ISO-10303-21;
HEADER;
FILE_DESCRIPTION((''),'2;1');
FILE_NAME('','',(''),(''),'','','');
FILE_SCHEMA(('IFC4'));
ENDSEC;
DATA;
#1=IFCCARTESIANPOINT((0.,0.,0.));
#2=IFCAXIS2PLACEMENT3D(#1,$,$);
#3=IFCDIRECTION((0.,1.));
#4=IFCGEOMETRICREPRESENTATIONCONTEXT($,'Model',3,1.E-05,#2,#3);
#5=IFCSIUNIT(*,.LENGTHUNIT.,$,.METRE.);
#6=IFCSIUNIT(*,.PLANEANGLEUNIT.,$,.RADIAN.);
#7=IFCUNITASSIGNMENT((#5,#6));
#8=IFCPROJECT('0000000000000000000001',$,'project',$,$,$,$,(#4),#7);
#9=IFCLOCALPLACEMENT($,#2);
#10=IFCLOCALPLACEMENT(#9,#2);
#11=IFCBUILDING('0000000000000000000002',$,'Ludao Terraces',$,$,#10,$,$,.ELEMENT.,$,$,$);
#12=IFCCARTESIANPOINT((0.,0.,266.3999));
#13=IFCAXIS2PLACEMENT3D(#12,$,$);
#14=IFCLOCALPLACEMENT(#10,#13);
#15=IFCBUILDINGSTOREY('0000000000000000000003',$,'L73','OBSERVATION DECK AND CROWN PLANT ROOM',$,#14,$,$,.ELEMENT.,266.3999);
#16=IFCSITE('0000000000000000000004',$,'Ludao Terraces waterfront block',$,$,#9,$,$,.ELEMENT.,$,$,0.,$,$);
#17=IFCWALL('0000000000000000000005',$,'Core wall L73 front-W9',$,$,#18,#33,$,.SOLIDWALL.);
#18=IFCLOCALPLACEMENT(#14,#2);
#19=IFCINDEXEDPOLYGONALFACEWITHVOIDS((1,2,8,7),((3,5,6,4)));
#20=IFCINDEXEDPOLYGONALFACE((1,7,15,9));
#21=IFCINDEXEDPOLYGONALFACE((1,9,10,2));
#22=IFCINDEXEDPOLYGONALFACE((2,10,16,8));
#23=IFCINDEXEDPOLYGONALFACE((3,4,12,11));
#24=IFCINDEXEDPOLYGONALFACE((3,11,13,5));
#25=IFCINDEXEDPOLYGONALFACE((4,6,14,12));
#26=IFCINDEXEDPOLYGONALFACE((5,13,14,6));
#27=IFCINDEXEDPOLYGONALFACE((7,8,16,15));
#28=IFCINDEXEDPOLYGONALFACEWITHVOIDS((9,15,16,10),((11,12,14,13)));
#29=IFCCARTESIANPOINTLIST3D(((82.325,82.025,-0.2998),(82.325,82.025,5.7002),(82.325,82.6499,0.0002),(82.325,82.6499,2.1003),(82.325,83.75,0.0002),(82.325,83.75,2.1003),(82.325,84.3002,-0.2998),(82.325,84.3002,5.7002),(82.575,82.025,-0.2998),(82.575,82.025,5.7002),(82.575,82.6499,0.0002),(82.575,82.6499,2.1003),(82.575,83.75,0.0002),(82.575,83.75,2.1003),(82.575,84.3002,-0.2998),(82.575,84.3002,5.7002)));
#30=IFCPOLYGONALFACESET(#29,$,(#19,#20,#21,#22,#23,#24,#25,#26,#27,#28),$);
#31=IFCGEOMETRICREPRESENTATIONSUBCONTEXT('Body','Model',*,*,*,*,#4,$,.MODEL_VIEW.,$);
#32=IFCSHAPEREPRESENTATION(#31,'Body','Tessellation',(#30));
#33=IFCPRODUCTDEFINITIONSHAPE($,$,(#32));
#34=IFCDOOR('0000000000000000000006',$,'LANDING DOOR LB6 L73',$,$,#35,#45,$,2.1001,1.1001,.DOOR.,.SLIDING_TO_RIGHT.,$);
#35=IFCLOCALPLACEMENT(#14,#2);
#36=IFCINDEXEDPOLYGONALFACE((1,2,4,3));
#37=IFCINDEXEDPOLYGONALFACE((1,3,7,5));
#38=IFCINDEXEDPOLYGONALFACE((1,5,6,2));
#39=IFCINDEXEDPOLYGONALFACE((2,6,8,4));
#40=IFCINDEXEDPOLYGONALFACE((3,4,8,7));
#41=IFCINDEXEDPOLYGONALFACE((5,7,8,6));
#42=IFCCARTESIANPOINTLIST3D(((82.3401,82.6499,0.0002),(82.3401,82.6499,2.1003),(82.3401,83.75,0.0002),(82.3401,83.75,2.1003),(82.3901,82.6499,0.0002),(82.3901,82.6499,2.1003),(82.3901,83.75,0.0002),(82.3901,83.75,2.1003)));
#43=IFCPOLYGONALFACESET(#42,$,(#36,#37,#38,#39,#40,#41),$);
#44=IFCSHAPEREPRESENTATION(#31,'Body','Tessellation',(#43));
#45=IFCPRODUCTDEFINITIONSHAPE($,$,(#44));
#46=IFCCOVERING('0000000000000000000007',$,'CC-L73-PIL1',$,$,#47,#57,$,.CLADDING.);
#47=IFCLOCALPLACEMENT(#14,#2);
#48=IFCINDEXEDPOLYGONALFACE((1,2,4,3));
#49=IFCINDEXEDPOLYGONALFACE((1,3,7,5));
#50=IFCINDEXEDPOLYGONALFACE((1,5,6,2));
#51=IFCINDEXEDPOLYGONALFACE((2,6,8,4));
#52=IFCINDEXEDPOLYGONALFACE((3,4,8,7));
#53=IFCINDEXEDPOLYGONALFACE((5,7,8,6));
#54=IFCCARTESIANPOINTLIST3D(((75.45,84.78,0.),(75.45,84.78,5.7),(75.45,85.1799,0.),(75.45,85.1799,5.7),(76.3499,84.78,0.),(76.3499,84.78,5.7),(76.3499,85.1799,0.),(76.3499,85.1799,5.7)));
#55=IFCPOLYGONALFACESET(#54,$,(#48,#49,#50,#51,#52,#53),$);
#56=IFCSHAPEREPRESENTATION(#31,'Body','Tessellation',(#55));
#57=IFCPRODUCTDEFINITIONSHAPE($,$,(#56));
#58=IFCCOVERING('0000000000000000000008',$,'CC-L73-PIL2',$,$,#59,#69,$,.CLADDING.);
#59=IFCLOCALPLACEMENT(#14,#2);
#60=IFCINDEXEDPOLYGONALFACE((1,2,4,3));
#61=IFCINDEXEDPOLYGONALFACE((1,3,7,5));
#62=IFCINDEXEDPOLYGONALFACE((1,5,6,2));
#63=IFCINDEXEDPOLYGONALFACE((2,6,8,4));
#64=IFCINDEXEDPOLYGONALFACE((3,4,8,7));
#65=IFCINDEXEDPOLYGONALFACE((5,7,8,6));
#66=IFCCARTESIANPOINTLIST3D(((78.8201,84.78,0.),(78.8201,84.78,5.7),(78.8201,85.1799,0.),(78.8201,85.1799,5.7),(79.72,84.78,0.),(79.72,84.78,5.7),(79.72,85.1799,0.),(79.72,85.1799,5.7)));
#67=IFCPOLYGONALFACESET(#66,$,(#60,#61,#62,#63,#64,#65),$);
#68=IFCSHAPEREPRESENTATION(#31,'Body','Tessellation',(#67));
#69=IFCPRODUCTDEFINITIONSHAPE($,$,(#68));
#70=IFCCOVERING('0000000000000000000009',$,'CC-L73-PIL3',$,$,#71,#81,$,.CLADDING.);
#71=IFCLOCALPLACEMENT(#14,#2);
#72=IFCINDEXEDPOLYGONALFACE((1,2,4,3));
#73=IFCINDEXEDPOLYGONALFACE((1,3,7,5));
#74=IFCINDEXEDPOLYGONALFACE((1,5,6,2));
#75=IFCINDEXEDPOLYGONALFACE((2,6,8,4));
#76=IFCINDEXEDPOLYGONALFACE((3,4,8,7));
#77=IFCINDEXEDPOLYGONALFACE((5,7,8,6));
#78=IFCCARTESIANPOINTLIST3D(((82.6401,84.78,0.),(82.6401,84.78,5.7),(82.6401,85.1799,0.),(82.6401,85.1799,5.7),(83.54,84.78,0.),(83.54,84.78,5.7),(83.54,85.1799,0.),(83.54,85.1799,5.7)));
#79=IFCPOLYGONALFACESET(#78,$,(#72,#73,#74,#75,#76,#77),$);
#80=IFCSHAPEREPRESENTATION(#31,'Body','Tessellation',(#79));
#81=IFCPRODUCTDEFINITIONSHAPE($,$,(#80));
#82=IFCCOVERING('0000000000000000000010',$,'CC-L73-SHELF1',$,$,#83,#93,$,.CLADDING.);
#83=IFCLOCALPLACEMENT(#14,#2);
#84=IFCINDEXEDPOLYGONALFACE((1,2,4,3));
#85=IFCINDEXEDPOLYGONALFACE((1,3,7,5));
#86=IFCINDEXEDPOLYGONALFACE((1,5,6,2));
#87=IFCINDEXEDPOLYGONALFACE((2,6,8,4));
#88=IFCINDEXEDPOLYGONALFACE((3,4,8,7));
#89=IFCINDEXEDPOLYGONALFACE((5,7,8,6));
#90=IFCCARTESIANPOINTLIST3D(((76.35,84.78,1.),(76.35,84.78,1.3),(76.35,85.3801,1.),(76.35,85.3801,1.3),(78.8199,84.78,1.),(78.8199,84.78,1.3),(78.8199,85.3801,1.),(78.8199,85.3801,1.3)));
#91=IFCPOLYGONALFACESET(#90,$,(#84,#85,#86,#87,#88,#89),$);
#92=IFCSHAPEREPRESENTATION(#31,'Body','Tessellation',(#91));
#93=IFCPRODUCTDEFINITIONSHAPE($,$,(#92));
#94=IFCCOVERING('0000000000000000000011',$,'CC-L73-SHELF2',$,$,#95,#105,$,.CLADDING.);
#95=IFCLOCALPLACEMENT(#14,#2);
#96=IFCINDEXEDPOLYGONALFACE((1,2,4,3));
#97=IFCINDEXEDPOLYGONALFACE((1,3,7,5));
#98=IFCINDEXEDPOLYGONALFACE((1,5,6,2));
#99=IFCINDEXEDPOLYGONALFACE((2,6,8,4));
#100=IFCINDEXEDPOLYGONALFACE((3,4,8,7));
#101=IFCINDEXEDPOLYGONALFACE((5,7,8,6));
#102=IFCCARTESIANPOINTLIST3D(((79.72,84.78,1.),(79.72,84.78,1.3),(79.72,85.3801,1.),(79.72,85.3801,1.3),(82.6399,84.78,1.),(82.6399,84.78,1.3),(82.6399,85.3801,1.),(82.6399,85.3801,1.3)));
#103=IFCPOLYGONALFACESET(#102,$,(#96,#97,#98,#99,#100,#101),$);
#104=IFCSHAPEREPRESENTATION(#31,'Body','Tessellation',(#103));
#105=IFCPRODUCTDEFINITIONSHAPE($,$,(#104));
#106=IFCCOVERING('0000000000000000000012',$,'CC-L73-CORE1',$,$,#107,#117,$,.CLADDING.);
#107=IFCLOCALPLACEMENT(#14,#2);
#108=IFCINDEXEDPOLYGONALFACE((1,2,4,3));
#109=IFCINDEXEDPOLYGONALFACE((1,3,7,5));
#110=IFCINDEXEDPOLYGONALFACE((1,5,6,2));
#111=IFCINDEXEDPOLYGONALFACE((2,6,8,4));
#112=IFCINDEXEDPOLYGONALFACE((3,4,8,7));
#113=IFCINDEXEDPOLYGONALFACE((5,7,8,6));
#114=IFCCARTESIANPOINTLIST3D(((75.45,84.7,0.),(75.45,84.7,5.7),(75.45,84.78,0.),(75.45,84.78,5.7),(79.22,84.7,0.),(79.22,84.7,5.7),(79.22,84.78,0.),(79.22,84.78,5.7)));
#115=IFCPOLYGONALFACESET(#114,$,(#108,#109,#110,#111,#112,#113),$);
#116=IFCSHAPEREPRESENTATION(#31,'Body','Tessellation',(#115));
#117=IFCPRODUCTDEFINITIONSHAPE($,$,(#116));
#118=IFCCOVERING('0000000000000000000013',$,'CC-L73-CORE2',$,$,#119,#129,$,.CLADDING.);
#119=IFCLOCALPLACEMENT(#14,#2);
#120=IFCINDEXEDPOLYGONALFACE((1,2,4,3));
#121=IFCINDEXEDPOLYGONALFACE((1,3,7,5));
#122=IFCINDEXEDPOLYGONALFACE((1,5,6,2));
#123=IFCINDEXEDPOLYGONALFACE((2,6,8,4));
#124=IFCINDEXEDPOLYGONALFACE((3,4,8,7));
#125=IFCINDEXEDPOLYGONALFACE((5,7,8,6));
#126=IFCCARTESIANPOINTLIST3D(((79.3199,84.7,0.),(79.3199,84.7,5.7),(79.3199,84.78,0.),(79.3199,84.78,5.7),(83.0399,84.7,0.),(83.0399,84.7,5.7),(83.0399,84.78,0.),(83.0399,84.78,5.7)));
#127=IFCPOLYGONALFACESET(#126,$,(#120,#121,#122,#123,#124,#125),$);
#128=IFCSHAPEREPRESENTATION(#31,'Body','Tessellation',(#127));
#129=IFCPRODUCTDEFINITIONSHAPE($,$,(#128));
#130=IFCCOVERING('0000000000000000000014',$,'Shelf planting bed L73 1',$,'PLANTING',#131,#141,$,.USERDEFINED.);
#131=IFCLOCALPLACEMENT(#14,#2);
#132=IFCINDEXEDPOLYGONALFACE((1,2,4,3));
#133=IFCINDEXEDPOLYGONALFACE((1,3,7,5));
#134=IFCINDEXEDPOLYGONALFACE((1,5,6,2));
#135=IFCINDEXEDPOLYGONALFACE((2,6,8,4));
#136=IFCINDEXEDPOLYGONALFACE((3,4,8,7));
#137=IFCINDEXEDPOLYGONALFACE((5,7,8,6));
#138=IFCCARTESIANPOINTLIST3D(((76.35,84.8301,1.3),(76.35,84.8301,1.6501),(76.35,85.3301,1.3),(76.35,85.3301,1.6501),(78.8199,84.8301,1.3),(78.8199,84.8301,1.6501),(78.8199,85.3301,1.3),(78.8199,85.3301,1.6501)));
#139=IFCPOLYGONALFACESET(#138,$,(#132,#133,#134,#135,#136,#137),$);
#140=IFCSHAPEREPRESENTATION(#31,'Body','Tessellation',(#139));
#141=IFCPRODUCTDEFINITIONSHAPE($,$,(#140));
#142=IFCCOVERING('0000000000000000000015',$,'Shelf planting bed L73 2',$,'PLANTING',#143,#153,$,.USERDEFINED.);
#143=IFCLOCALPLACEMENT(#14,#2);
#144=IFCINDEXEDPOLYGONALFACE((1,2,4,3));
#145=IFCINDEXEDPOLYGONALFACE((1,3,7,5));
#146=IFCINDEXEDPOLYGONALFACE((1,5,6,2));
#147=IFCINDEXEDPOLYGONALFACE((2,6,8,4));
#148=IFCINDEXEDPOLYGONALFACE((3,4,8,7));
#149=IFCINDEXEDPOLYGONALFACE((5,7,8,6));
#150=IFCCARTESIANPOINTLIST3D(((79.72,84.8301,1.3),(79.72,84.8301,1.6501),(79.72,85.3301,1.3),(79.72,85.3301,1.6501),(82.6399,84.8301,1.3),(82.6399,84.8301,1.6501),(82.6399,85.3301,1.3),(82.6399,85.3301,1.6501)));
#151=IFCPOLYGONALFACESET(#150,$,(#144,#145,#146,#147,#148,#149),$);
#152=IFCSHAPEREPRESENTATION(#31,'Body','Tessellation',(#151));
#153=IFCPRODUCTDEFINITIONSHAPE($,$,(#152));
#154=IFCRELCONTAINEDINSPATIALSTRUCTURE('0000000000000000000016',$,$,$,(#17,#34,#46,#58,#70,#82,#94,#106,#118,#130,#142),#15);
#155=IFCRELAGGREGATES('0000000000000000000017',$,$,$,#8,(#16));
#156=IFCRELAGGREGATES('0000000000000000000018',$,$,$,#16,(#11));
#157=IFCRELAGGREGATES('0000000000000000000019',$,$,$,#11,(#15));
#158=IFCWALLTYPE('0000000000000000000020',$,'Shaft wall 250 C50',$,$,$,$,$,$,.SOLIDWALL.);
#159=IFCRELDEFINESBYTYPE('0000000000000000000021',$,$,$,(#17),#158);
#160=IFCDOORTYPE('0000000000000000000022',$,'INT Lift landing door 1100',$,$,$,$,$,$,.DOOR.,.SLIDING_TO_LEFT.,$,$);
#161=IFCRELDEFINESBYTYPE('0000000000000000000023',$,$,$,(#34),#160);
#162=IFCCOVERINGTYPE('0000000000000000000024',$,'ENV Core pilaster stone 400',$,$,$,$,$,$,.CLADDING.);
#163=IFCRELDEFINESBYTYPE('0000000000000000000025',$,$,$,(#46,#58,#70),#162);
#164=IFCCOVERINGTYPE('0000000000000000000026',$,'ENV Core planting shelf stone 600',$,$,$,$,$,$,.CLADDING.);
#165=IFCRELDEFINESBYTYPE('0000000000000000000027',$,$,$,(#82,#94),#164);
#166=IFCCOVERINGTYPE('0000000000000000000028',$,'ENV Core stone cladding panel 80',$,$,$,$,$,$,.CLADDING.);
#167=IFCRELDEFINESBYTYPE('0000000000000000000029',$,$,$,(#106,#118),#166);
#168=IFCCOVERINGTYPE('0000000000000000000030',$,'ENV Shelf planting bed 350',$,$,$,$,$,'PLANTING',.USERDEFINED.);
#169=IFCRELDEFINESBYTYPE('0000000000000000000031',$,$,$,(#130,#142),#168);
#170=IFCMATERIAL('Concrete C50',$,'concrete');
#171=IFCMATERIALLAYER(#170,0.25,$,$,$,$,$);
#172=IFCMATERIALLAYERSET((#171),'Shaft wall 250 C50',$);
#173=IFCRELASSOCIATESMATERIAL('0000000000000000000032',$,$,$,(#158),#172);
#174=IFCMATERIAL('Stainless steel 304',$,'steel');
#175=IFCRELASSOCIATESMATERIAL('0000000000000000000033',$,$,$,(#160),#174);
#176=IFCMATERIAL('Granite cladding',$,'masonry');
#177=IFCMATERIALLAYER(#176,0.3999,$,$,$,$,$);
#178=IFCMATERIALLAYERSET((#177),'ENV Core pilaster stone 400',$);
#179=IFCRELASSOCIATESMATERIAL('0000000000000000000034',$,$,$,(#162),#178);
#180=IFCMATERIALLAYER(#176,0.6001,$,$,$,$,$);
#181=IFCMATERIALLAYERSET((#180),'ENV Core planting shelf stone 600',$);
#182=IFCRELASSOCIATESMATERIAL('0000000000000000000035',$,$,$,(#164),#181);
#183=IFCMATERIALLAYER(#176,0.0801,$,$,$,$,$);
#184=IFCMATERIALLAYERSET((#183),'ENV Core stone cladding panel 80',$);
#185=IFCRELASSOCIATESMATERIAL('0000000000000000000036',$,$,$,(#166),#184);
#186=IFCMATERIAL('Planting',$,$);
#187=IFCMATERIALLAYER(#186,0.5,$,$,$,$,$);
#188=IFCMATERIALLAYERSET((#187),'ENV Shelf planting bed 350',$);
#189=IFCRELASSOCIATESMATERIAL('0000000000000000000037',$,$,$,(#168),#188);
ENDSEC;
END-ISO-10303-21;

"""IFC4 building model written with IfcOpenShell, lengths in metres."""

from ifc_helpers import new_model, si_unit, direction, frame, frame_2d, origin, origin_2d, place, context, subcontext, project, spatial, rectangle, extrude, material, layer, layer_set, type_object, element, fill, save


model = new_model("IFC4")

# Units and contexts
model_context = context("Model", 3, precision=1e-05, world=origin(), true_north=direction((0.0, 1.0)))
body_context = subcontext(model_context, "Body", "Model", "MODEL_VIEW")
ifc_project = project(units=[si_unit("LENGTHUNIT", "METRE"), si_unit("PLANEANGLEUNIT", "RADIAN")], contexts=[model_context])

# Site, building, storey
site_placement = place(None, origin())
site = spatial("IfcSite", under=ifc_project, at=site_placement, Name="Ludao Terraces waterfront block", CompositionType="ELEMENT", RefElevation=0.0)
building_placement = place(site_placement, origin())
building = spatial("IfcBuilding", under=site, at=building_placement, Name="Ludao Terraces", CompositionType="ELEMENT")
storey_placement = place(building_placement, frame((0.0, 0.0, 266.3999)))
storey = spatial("IfcBuildingStorey", under=building, at=storey_placement, Name="L73", Description="OBSERVATION DECK AND CROWN PLANT ROOM", CompositionType="ELEMENT", Elevation=266.3999)

# Shared definitions
ifc_material_1 = material(Name="Concrete C50", Category="concrete")
ifc_layer_1 = layer(ifc_material_1, 0.25)
ifc_layer_set_1 = layer_set([ifc_layer_1], Name="Shaft wall 250 C50")
wall_type_1 = type_object("IfcWallType", Name="Shaft wall 250 C50", PredefinedType="SOLIDWALL", material=ifc_layer_set_1)

# Shared definitions
ifc_material_2 = material(Name="Stainless steel 304", Category="steel")
door_type = type_object("IfcDoorType", Name="INT Lift landing door 1100", OperationType="SLIDING_TO_LEFT", PredefinedType="DOOR", material=ifc_material_2)

# Wall, opening, door
wall_1_placement = place(storey_placement, frame((82.45, 82.0249, -0.2998), z_axis=(0.0, 0.0, 1.0), x_axis=(0.0, 1.0, 0.0)))
wall_1 = element("IfcWall", 1, at=wall_1_placement, inside=storey, type_object=wall_type_1, Name="Core wall L73 front-W9", PredefinedType="SOLIDWALL", context=body_context, shape_type="SweptSolid", body=[
    extrude(rectangle(XDim=2.2751, YDim=0.25, at=frame_2d((1.1377, 0.0))), origin(), (0.0, 0.0, 1.0), 6.0),
])
opening_1_placement = place(wall_1_placement, frame((0.625, 0.0, 0.3)))
opening_1 = element("IfcOpeningElement", 2, at=opening_1_placement, cuts=wall_1, PredefinedType="OPENING", context=body_context, shape_type="SweptSolid", body=[
    extrude(rectangle(XDim=1.1001, YDim=2.1001, at=frame_2d((0.55, 1.05))), frame((0.0, 0.135, 0.0), z_axis=(0.0, -1.0, 0.0), x_axis=(1.0, 0.0, 0.0)), (0.0, 0.0, 1.0), 0.27),
])
door_1_placement = place(opening_1_placement, origin())
door_1 = element("IfcDoor", 3, at=door_1_placement, inside=storey, type_object=door_type, Name="LANDING DOOR LB6 L73", OperationType="SLIDING_TO_RIGHT", OverallHeight=2.1001, OverallWidth=1.1001, PredefinedType="DOOR", context=body_context, shape_type="SweptSolid", body=[
    extrude(rectangle(XDim=1.1001, YDim=2.1001, at=frame_2d((0.55, 1.05))), frame((0.0, 0.1099, 0.0), z_axis=(0.0, -1.0, 0.0), x_axis=(1.0, 0.0, 0.0)), (0.0, 0.0, 1.0), 0.05),
])
fill(opening_1, door_1)

# Coverings
ifc_material_3 = material(Name="Granite cladding", Category="masonry")
ifc_layer_2 = layer(ifc_material_3, 0.3999)
ifc_layer_set_2 = layer_set([ifc_layer_2], Name="ENV Core pilaster stone 400")
covering_type_1 = type_object("IfcCoveringType", Name="ENV Core pilaster stone 400", PredefinedType="CLADDING", material=ifc_layer_set_2)
for number, where, z_axis, x_axis, name in (
    (4, (75.8999, 84.98, 0.0), (0.0, 0.0, 1.0), (1.0, 0.0, 0.0), "CC-L73-PIL1"),
    (5, (79.27, 84.98, 0.0), (0.0, 0.0, 1.0), (1.0, 0.0, 0.0), "CC-L73-PIL2"),
    (6, (83.0901, 84.98, 0.0), (0.0, 0.0, 1.0), (1.0, 0.0, 0.0), "CC-L73-PIL3"),
):
    element("IfcCovering", number, at=place(storey_placement, frame(where, z_axis=z_axis, x_axis=x_axis)), inside=storey, type_object=covering_type_1, Name=name, PredefinedType="CLADDING", context=body_context, shape_type="SweptSolid", body=[
        extrude(rectangle(XDim=0.8999, YDim=0.3999, at=origin_2d()), origin(), (0.0, 0.0, 1.0), 5.7),
    ])
ifc_layer_3 = layer(ifc_material_3, 0.6001)
ifc_layer_set_3 = layer_set([ifc_layer_3], Name="ENV Core planting shelf stone 600")
covering_type_2 = type_object("IfcCoveringType", Name="ENV Core planting shelf stone 600", PredefinedType="CLADDING", material=ifc_layer_set_3)
covering_1_placement = place(storey_placement, frame((77.585, 85.0801, 1.0), z_axis=(0.0, 0.0, 1.0), x_axis=(1.0, 0.0, 0.0)))
element("IfcCovering", 7, at=covering_1_placement, inside=storey, type_object=covering_type_2, Name="CC-L73-SHELF1", PredefinedType="CLADDING", context=body_context, shape_type="SweptSolid", body=[
    extrude(rectangle(XDim=2.47, YDim=0.6001, at=origin_2d()), origin(), (0.0, 0.0, 1.0), 0.3),
])
covering_2_placement = place(storey_placement, frame((81.1799, 85.0801, 1.0), z_axis=(0.0, 0.0, 1.0), x_axis=(1.0, 0.0, 0.0)))
element("IfcCovering", 8, at=covering_2_placement, inside=storey, type_object=covering_type_2, Name="CC-L73-SHELF2", PredefinedType="CLADDING", context=body_context, shape_type="SweptSolid", body=[
    extrude(rectangle(XDim=2.9199, YDim=0.6001, at=origin_2d()), origin(), (0.0, 0.0, 1.0), 0.3),
])
ifc_layer_4 = layer(ifc_material_3, 0.0801)
ifc_layer_set_4 = layer_set([ifc_layer_4], Name="ENV Core stone cladding panel 80")
covering_type_3 = type_object("IfcCoveringType", Name="ENV Core stone cladding panel 80", PredefinedType="CLADDING", material=ifc_layer_set_4)
covering_3_placement = place(storey_placement, frame((77.335, 84.74, 0.0), z_axis=(0.0, 0.0, 1.0), x_axis=(1.0, 0.0, 0.0)))
element("IfcCovering", 9, at=covering_3_placement, inside=storey, type_object=covering_type_3, Name="CC-L73-CORE1", PredefinedType="CLADDING", context=body_context, shape_type="SweptSolid", body=[
    extrude(rectangle(XDim=3.77, YDim=0.0801, at=origin_2d()), origin(), (0.0, 0.0, 1.0), 5.7),
])
covering_4_placement = place(storey_placement, frame((81.1799, 84.74, 0.0), z_axis=(0.0, 0.0, 1.0), x_axis=(1.0, 0.0, 0.0)))
element("IfcCovering", 10, at=covering_4_placement, inside=storey, type_object=covering_type_3, Name="CC-L73-CORE2", PredefinedType="CLADDING", context=body_context, shape_type="SweptSolid", body=[
    extrude(rectangle(XDim=3.72, YDim=0.0801, at=origin_2d()), origin(), (0.0, 0.0, 1.0), 5.7),
])
ifc_material_4 = material(Name="Planting")
ifc_layer_5 = layer(ifc_material_4, 0.5)
ifc_layer_set_5 = layer_set([ifc_layer_5], Name="ENV Shelf planting bed 350")
covering_type_4 = type_object("IfcCoveringType", Name="ENV Shelf planting bed 350", ElementType="PLANTING", PredefinedType="USERDEFINED", material=ifc_layer_set_5)
covering_5_placement = place(storey_placement, frame((77.585, 85.0801, 1.3), z_axis=(0.0, 0.0, 1.0), x_axis=(1.0, 0.0, 0.0)))
element("IfcCovering", 11, at=covering_5_placement, inside=storey, type_object=covering_type_4, Name="Shelf planting bed L73 1", ObjectType="PLANTING", PredefinedType="USERDEFINED", context=body_context, shape_type="SweptSolid", body=[
    extrude(rectangle(XDim=2.47, YDim=0.5, at=origin_2d()), origin(), (0.0, 0.0, 1.0), 0.3501),
])
covering_6_placement = place(storey_placement, frame((81.1799, 85.0801, 1.3), z_axis=(0.0, 0.0, 1.0), x_axis=(1.0, 0.0, 0.0)))
element("IfcCovering", 12, at=covering_6_placement, inside=storey, type_object=covering_type_4, Name="Shelf planting bed L73 2", ObjectType="PLANTING", PredefinedType="USERDEFINED", context=body_context, shape_type="SweptSolid", body=[
    extrude(rectangle(XDim=2.9199, YDim=0.5, at=origin_2d()), origin(), (0.0, 0.0, 1.0), 0.3501),
])

save(model, "model.ifc")
